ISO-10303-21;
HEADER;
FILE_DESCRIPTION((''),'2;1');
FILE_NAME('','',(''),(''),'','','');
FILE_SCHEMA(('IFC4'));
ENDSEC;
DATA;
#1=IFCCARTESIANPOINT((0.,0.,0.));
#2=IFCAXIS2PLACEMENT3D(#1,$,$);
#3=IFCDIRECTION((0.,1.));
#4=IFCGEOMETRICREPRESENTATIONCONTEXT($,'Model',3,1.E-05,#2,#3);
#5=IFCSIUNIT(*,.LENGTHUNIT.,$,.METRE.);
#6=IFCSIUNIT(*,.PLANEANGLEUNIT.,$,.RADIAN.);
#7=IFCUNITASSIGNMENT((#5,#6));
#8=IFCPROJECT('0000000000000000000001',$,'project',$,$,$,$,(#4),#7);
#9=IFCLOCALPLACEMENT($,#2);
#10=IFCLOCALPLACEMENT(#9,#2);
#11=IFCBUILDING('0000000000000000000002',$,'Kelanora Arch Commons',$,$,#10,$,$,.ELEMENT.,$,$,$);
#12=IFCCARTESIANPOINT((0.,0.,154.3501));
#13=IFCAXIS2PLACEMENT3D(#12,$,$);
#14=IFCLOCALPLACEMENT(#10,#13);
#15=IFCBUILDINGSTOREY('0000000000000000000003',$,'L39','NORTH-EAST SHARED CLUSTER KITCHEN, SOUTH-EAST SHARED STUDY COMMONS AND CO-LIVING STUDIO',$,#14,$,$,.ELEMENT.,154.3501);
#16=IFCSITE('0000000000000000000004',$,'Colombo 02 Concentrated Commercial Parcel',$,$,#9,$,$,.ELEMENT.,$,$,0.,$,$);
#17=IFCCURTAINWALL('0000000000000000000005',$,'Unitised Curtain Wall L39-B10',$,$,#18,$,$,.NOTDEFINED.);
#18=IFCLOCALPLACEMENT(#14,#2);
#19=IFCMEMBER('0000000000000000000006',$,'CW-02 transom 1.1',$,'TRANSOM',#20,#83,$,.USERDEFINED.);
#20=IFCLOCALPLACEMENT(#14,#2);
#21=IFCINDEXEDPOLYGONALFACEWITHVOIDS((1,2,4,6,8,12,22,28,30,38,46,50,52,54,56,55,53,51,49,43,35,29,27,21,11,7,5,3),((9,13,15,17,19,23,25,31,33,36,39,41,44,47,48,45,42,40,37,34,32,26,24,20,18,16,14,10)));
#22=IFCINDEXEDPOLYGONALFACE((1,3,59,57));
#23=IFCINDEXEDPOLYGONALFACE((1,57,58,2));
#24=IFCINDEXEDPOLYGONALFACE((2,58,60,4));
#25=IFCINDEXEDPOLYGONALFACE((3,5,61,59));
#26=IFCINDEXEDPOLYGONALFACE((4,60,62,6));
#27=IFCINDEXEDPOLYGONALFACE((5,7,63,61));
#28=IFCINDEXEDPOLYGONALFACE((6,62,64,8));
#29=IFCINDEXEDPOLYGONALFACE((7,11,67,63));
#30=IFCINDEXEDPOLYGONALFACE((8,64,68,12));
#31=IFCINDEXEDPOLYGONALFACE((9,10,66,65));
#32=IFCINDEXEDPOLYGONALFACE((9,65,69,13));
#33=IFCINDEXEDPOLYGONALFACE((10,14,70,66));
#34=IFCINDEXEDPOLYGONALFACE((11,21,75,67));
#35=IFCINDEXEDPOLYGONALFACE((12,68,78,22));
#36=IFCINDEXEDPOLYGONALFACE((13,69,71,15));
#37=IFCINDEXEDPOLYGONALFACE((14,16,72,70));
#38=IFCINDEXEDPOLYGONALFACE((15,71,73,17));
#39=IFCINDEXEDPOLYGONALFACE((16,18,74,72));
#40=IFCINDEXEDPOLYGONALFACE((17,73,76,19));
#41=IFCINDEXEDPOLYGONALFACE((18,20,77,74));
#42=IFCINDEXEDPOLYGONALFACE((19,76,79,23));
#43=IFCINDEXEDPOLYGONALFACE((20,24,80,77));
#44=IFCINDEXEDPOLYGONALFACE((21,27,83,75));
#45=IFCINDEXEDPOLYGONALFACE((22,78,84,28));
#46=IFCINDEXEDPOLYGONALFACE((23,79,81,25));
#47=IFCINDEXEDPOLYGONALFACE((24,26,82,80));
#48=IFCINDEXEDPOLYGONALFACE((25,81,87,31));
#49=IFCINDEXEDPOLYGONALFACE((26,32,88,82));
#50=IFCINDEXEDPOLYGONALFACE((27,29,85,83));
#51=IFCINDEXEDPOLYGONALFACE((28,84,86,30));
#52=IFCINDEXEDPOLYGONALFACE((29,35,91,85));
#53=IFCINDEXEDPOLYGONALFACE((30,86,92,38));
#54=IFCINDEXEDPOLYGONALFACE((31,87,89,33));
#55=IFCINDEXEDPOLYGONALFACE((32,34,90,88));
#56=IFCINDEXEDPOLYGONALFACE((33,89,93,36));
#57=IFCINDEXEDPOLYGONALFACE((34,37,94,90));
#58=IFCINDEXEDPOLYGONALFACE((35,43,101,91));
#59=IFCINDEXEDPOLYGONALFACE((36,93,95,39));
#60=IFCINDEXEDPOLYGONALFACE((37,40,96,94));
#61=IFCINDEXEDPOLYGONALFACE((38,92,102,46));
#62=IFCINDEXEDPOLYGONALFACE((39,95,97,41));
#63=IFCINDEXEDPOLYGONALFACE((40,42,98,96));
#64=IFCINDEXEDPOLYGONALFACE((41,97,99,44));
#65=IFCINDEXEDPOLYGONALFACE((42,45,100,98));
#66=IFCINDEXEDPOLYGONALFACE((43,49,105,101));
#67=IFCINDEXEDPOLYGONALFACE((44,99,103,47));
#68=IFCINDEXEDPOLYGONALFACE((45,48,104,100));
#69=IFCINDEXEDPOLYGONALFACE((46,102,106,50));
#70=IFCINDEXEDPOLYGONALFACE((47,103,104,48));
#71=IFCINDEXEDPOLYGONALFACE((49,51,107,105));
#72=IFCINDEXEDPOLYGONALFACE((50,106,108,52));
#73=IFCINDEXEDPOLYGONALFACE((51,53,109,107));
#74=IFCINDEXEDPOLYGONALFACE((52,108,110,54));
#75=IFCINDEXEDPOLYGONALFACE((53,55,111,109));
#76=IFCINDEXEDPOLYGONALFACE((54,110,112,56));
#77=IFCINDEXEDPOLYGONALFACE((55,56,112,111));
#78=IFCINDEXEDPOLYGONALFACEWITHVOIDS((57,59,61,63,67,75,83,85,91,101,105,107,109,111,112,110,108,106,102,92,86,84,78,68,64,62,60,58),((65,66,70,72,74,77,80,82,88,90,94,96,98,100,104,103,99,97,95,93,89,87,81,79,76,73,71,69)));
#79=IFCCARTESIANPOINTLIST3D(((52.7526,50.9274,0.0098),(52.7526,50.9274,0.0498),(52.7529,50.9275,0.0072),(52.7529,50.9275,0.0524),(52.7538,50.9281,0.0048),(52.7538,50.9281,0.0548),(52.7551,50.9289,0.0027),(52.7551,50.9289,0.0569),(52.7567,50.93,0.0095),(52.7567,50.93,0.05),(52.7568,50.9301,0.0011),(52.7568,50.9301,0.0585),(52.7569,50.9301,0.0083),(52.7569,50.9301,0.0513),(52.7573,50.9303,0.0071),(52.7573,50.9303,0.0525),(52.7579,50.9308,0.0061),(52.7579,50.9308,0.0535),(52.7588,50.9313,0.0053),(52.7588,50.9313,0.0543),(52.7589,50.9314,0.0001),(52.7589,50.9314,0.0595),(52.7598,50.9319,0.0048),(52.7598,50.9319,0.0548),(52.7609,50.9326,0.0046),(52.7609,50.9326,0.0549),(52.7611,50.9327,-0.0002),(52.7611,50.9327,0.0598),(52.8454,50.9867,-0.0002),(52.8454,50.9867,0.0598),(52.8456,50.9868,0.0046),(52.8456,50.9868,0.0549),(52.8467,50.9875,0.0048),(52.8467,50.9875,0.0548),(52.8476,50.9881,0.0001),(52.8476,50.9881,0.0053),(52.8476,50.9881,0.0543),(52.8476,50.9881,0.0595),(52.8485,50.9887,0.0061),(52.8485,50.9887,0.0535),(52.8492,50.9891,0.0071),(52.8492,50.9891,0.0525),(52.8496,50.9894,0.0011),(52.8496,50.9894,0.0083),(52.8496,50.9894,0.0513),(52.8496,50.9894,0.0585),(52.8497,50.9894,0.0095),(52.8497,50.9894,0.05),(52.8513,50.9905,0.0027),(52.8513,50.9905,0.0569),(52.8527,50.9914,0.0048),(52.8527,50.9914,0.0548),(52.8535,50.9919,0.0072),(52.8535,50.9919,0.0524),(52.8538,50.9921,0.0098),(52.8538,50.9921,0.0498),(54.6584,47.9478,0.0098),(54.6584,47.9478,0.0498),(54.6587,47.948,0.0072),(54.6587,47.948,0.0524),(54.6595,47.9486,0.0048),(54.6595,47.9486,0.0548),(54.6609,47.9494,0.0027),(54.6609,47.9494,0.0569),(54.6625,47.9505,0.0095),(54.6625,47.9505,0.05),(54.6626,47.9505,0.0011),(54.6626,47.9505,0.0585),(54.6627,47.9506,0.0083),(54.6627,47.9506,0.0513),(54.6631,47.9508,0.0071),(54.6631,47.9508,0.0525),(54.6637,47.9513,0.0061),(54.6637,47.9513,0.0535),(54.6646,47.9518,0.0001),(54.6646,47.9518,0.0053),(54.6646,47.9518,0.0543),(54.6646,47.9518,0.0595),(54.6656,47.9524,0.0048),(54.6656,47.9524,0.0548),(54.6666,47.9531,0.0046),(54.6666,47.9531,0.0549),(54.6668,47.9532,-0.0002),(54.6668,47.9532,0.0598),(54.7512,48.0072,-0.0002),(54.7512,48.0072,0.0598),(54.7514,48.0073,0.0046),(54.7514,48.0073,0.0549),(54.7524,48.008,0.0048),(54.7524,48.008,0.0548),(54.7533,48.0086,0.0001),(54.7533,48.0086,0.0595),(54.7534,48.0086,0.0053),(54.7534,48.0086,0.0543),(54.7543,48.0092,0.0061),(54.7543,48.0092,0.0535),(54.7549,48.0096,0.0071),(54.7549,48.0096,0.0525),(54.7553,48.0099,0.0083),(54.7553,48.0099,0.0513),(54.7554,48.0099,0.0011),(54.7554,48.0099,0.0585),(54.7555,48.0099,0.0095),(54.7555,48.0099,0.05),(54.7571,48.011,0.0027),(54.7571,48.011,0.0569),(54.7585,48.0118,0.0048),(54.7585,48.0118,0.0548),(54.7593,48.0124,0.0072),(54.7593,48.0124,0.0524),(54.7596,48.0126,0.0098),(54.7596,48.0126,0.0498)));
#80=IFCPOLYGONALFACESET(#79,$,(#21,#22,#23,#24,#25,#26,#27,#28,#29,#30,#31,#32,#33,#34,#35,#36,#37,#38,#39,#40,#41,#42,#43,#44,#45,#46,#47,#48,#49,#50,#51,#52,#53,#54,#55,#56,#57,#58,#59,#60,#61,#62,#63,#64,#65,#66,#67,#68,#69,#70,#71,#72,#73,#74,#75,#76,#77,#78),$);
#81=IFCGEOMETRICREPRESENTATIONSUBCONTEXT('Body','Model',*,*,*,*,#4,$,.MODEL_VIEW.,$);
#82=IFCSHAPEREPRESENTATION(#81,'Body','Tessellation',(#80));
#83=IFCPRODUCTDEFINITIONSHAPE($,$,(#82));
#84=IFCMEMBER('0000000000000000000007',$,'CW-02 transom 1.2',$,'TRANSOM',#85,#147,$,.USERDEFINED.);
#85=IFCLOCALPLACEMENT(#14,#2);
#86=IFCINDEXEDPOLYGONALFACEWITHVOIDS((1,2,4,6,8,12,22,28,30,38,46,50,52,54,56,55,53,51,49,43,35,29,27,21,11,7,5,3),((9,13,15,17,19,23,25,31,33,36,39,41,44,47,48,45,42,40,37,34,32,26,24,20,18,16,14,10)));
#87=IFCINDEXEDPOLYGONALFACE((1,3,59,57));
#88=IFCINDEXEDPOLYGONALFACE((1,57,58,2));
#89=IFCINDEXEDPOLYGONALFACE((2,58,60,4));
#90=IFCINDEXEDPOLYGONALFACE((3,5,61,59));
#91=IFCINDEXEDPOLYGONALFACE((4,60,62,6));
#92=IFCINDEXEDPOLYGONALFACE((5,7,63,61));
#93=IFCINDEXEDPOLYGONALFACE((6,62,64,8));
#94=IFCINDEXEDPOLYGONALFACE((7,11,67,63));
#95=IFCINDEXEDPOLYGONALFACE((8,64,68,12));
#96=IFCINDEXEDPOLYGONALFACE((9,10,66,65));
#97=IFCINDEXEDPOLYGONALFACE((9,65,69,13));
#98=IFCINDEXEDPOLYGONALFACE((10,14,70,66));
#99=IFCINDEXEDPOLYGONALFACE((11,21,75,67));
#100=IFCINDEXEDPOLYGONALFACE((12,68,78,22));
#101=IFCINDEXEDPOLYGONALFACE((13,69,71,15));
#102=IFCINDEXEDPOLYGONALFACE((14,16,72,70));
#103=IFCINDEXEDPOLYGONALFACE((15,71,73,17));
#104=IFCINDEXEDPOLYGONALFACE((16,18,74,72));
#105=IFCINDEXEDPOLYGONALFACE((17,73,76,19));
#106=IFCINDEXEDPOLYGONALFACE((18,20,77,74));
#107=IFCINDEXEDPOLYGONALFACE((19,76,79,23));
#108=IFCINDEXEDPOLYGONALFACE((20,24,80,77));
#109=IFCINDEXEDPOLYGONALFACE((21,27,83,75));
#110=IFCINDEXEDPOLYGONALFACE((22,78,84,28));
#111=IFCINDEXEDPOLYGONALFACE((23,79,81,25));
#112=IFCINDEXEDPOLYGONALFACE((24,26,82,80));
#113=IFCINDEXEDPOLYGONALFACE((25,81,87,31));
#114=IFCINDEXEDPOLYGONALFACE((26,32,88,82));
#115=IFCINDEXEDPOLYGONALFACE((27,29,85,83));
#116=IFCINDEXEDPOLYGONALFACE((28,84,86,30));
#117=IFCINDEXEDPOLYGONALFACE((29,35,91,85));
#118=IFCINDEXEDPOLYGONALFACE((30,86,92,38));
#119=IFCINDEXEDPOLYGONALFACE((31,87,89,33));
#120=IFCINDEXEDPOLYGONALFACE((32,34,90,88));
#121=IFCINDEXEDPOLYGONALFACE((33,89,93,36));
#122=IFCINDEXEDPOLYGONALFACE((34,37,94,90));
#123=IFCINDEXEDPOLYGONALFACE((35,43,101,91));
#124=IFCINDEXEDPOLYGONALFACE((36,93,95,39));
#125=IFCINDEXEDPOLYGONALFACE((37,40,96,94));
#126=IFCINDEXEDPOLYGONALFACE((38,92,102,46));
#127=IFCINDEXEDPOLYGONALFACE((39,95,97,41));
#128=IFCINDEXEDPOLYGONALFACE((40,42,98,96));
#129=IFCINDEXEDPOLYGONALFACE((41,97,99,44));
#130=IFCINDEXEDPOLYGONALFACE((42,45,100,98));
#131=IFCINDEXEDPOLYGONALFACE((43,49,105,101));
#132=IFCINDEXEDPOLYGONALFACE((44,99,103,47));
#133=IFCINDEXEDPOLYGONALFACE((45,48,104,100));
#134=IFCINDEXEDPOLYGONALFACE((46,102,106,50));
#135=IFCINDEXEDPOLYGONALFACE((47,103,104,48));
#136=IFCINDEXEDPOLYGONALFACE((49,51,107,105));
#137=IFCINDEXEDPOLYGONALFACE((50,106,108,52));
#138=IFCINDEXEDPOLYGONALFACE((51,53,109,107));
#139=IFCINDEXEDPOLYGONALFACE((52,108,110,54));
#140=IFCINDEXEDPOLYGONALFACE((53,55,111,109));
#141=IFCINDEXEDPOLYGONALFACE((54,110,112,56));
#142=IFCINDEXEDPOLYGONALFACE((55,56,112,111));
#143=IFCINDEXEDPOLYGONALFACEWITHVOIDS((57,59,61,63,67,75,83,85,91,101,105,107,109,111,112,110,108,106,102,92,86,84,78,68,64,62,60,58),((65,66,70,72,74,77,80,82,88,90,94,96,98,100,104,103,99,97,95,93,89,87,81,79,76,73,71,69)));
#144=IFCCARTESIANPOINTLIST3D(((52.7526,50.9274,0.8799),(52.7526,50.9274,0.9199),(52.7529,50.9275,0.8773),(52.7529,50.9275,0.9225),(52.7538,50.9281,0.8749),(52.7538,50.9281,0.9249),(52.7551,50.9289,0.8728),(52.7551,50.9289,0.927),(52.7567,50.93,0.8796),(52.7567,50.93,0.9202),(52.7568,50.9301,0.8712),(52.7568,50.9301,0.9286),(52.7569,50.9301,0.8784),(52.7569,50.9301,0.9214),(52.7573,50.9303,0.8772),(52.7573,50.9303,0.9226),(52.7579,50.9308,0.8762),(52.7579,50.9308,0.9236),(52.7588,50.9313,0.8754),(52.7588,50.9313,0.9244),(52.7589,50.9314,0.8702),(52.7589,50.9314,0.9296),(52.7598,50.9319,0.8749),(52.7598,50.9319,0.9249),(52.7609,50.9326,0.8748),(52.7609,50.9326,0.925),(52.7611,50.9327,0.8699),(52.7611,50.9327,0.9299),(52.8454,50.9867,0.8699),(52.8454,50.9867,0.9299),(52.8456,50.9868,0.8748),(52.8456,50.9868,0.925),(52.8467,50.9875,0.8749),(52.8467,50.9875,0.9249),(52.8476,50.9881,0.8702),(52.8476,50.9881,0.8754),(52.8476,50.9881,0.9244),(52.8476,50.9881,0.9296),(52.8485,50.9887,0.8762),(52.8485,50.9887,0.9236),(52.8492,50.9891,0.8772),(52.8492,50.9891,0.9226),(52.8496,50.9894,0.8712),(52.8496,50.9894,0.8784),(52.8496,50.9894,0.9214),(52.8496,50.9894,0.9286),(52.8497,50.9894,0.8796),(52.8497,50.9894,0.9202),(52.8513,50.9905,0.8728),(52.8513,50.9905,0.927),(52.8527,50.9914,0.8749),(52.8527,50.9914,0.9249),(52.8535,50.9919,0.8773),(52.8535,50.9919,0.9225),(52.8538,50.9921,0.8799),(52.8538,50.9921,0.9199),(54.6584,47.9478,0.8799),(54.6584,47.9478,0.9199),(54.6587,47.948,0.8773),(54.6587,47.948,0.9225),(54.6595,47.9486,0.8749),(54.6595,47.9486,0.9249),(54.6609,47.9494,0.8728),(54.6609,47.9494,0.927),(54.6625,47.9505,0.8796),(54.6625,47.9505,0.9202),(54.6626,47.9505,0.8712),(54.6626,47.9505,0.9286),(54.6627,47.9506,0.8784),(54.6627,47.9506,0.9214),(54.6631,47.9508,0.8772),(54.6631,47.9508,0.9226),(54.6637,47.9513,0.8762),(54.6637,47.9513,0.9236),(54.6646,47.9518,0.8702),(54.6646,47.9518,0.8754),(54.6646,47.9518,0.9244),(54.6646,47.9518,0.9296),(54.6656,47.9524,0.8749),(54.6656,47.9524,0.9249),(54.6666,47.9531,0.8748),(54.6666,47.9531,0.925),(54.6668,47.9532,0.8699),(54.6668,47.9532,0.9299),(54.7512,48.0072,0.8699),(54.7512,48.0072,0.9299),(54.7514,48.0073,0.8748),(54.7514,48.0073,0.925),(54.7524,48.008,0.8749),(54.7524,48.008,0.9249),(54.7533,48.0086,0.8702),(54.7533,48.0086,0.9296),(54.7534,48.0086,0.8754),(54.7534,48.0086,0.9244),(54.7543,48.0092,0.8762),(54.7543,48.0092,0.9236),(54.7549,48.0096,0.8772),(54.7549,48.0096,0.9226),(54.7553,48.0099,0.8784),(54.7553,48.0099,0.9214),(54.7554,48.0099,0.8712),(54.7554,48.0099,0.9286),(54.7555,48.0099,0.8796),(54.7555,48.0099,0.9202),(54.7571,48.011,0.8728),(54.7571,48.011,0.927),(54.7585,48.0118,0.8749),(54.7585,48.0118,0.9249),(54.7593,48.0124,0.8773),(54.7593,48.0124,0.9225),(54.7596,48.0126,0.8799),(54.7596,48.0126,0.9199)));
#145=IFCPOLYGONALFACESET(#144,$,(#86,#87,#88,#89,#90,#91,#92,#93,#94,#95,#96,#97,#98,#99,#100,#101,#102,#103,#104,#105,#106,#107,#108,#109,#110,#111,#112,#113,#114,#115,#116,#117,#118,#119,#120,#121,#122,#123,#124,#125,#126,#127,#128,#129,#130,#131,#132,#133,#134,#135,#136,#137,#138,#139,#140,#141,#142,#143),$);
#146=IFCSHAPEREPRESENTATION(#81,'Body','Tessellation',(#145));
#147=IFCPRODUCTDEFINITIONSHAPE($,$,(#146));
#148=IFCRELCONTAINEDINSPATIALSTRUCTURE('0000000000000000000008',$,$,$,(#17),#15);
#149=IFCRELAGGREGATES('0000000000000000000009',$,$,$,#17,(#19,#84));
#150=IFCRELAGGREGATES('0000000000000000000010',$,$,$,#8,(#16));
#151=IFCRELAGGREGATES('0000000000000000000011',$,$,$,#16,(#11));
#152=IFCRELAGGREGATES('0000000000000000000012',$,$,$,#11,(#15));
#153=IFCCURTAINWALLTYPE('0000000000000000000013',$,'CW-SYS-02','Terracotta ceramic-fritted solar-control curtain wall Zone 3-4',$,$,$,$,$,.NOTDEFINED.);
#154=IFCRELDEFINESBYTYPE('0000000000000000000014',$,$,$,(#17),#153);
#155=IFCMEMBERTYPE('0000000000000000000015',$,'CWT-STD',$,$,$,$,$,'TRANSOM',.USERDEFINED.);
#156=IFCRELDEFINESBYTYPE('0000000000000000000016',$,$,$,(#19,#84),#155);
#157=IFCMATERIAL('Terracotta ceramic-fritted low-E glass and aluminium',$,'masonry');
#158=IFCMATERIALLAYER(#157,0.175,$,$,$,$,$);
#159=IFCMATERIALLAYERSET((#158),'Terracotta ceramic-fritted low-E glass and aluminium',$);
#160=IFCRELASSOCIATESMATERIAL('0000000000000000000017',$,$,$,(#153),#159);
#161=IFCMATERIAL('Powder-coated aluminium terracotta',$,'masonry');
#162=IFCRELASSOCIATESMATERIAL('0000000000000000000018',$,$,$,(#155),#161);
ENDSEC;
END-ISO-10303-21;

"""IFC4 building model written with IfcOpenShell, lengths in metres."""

from ifc_helpers import new_model, si_unit, direction, frame, origin, origin_2d, place, context, subcontext, project, spatial, hollow_rectangle, extrude, material, layer, layer_set, material_profile, profile_set, type_object, element, aggregate, save


model = new_model("IFC4")

# Units and contexts
model_context = context("Model", 3, precision=1e-05, world=origin(), true_north=direction((0.0, 1.0)))
body_context = subcontext(model_context, "Body", "Model", "MODEL_VIEW")
ifc_project = project(units=[si_unit("LENGTHUNIT", "METRE"), si_unit("PLANEANGLEUNIT", "RADIAN")], contexts=[model_context])

# Site, building, storey
site_placement = place(None, origin())
site = spatial("IfcSite", under=ifc_project, at=site_placement, Name="Colombo 02 Concentrated Commercial Parcel", CompositionType="ELEMENT", RefElevation=0.0)
building_placement = place(site_placement, origin())
building = spatial("IfcBuilding", under=site, at=building_placement, Name="Kelanora Arch Commons", CompositionType="ELEMENT")
storey_placement = place(building_placement, frame((0.0, 0.0, 154.3501)))
storey = spatial("IfcBuildingStorey", under=building, at=storey_placement, Name="L39", Description="NORTH-EAST SHARED CLUSTER KITCHEN, SOUTH-EAST SHARED STUDY COMMONS AND CO-LIVING STUDIO", CompositionType="ELEMENT", Elevation=154.3501)

# Curtain wall, members
ifc_material_1 = material(Name="Terracotta ceramic-fritted low-E glass and aluminium", Category="masonry")
ifc_layer_1 = layer(ifc_material_1, 0.175)
ifc_layer_set_1 = layer_set([ifc_layer_1], Name="Terracotta ceramic-fritted low-E glass and aluminium")
curtain_wall_type = type_object("IfcCurtainWallType", Name="CW-SYS-02", Description="Terracotta ceramic-fritted solar-control curtain wall Zone 3-4", PredefinedType="NOTDEFINED", material=ifc_layer_set_1)
curtain_wall_placement = place(storey_placement, origin())
curtain_wall = element("IfcCurtainWall", 1, at=curtain_wall_placement, inside=storey, type_object=curtain_wall_type, Name="Unitised Curtain Wall L39-B10", PredefinedType="NOTDEFINED")
ifc_material_2 = material(Name="Powder-coated aluminium terracotta", Category="masonry")
ifc_material_profile_1 = material_profile(ifc_material_2, hollow_rectangle(XDim=0.1201, YDim=0.0601, WallThickness=0.0049, InnerFilletRadius=0.0049, OuterFilletRadius=0.01, at=origin_2d()), Name="CWT120x60")
ifc_profile_set_1 = profile_set([ifc_material_profile_1], Name="Powder-coated aluminium terracotta")
member_type_1 = type_object("IfcMemberType", Name="CWT-STD", ElementType="TRANSOM", PredefinedType="USERDEFINED", material=ifc_profile_set_1)
member_1_placement = place(storey_placement, frame((52.8032, 50.9597, 0.0298), z_axis=(0.53883, -0.842414, 0.0), x_axis=(0.842414, 0.53883, 0.0)))
member_1 = element("IfcMember", 2, at=member_1_placement, type_object=member_type_1, Name="CW-02 transom 1.1", ObjectType="TRANSOM", PredefinedType="USERDEFINED", context=body_context, shape_type="SweptSolid", body=[
    extrude(hollow_rectangle(XDim=0.1201, YDim=0.0601, WallThickness=0.0049, InnerFilletRadius=0.0049, OuterFilletRadius=0.01, at=origin_2d()), origin(), (0.0, 0.0, 1.0), 3.5369),
])
member_2_placement = place(storey_placement, frame((52.8032, 50.9597, 0.8999), z_axis=(0.53883, -0.842414, 0.0), x_axis=(0.842414, 0.53883, 0.0)))
member_2 = element("IfcMember", 3, at=member_2_placement, type_object=member_type_1, Name="CW-02 transom 1.2", ObjectType="TRANSOM", PredefinedType="USERDEFINED", context=body_context, shape_type="SweptSolid", body=[
    extrude(hollow_rectangle(XDim=0.1201, YDim=0.0601, WallThickness=0.0049, InnerFilletRadius=0.0049, OuterFilletRadius=0.01, at=origin_2d()), origin(), (0.0, 0.0, 1.0), 3.5369),
])

aggregate(curtain_wall, [member_1, member_2])

save(model, "model.ifc")
